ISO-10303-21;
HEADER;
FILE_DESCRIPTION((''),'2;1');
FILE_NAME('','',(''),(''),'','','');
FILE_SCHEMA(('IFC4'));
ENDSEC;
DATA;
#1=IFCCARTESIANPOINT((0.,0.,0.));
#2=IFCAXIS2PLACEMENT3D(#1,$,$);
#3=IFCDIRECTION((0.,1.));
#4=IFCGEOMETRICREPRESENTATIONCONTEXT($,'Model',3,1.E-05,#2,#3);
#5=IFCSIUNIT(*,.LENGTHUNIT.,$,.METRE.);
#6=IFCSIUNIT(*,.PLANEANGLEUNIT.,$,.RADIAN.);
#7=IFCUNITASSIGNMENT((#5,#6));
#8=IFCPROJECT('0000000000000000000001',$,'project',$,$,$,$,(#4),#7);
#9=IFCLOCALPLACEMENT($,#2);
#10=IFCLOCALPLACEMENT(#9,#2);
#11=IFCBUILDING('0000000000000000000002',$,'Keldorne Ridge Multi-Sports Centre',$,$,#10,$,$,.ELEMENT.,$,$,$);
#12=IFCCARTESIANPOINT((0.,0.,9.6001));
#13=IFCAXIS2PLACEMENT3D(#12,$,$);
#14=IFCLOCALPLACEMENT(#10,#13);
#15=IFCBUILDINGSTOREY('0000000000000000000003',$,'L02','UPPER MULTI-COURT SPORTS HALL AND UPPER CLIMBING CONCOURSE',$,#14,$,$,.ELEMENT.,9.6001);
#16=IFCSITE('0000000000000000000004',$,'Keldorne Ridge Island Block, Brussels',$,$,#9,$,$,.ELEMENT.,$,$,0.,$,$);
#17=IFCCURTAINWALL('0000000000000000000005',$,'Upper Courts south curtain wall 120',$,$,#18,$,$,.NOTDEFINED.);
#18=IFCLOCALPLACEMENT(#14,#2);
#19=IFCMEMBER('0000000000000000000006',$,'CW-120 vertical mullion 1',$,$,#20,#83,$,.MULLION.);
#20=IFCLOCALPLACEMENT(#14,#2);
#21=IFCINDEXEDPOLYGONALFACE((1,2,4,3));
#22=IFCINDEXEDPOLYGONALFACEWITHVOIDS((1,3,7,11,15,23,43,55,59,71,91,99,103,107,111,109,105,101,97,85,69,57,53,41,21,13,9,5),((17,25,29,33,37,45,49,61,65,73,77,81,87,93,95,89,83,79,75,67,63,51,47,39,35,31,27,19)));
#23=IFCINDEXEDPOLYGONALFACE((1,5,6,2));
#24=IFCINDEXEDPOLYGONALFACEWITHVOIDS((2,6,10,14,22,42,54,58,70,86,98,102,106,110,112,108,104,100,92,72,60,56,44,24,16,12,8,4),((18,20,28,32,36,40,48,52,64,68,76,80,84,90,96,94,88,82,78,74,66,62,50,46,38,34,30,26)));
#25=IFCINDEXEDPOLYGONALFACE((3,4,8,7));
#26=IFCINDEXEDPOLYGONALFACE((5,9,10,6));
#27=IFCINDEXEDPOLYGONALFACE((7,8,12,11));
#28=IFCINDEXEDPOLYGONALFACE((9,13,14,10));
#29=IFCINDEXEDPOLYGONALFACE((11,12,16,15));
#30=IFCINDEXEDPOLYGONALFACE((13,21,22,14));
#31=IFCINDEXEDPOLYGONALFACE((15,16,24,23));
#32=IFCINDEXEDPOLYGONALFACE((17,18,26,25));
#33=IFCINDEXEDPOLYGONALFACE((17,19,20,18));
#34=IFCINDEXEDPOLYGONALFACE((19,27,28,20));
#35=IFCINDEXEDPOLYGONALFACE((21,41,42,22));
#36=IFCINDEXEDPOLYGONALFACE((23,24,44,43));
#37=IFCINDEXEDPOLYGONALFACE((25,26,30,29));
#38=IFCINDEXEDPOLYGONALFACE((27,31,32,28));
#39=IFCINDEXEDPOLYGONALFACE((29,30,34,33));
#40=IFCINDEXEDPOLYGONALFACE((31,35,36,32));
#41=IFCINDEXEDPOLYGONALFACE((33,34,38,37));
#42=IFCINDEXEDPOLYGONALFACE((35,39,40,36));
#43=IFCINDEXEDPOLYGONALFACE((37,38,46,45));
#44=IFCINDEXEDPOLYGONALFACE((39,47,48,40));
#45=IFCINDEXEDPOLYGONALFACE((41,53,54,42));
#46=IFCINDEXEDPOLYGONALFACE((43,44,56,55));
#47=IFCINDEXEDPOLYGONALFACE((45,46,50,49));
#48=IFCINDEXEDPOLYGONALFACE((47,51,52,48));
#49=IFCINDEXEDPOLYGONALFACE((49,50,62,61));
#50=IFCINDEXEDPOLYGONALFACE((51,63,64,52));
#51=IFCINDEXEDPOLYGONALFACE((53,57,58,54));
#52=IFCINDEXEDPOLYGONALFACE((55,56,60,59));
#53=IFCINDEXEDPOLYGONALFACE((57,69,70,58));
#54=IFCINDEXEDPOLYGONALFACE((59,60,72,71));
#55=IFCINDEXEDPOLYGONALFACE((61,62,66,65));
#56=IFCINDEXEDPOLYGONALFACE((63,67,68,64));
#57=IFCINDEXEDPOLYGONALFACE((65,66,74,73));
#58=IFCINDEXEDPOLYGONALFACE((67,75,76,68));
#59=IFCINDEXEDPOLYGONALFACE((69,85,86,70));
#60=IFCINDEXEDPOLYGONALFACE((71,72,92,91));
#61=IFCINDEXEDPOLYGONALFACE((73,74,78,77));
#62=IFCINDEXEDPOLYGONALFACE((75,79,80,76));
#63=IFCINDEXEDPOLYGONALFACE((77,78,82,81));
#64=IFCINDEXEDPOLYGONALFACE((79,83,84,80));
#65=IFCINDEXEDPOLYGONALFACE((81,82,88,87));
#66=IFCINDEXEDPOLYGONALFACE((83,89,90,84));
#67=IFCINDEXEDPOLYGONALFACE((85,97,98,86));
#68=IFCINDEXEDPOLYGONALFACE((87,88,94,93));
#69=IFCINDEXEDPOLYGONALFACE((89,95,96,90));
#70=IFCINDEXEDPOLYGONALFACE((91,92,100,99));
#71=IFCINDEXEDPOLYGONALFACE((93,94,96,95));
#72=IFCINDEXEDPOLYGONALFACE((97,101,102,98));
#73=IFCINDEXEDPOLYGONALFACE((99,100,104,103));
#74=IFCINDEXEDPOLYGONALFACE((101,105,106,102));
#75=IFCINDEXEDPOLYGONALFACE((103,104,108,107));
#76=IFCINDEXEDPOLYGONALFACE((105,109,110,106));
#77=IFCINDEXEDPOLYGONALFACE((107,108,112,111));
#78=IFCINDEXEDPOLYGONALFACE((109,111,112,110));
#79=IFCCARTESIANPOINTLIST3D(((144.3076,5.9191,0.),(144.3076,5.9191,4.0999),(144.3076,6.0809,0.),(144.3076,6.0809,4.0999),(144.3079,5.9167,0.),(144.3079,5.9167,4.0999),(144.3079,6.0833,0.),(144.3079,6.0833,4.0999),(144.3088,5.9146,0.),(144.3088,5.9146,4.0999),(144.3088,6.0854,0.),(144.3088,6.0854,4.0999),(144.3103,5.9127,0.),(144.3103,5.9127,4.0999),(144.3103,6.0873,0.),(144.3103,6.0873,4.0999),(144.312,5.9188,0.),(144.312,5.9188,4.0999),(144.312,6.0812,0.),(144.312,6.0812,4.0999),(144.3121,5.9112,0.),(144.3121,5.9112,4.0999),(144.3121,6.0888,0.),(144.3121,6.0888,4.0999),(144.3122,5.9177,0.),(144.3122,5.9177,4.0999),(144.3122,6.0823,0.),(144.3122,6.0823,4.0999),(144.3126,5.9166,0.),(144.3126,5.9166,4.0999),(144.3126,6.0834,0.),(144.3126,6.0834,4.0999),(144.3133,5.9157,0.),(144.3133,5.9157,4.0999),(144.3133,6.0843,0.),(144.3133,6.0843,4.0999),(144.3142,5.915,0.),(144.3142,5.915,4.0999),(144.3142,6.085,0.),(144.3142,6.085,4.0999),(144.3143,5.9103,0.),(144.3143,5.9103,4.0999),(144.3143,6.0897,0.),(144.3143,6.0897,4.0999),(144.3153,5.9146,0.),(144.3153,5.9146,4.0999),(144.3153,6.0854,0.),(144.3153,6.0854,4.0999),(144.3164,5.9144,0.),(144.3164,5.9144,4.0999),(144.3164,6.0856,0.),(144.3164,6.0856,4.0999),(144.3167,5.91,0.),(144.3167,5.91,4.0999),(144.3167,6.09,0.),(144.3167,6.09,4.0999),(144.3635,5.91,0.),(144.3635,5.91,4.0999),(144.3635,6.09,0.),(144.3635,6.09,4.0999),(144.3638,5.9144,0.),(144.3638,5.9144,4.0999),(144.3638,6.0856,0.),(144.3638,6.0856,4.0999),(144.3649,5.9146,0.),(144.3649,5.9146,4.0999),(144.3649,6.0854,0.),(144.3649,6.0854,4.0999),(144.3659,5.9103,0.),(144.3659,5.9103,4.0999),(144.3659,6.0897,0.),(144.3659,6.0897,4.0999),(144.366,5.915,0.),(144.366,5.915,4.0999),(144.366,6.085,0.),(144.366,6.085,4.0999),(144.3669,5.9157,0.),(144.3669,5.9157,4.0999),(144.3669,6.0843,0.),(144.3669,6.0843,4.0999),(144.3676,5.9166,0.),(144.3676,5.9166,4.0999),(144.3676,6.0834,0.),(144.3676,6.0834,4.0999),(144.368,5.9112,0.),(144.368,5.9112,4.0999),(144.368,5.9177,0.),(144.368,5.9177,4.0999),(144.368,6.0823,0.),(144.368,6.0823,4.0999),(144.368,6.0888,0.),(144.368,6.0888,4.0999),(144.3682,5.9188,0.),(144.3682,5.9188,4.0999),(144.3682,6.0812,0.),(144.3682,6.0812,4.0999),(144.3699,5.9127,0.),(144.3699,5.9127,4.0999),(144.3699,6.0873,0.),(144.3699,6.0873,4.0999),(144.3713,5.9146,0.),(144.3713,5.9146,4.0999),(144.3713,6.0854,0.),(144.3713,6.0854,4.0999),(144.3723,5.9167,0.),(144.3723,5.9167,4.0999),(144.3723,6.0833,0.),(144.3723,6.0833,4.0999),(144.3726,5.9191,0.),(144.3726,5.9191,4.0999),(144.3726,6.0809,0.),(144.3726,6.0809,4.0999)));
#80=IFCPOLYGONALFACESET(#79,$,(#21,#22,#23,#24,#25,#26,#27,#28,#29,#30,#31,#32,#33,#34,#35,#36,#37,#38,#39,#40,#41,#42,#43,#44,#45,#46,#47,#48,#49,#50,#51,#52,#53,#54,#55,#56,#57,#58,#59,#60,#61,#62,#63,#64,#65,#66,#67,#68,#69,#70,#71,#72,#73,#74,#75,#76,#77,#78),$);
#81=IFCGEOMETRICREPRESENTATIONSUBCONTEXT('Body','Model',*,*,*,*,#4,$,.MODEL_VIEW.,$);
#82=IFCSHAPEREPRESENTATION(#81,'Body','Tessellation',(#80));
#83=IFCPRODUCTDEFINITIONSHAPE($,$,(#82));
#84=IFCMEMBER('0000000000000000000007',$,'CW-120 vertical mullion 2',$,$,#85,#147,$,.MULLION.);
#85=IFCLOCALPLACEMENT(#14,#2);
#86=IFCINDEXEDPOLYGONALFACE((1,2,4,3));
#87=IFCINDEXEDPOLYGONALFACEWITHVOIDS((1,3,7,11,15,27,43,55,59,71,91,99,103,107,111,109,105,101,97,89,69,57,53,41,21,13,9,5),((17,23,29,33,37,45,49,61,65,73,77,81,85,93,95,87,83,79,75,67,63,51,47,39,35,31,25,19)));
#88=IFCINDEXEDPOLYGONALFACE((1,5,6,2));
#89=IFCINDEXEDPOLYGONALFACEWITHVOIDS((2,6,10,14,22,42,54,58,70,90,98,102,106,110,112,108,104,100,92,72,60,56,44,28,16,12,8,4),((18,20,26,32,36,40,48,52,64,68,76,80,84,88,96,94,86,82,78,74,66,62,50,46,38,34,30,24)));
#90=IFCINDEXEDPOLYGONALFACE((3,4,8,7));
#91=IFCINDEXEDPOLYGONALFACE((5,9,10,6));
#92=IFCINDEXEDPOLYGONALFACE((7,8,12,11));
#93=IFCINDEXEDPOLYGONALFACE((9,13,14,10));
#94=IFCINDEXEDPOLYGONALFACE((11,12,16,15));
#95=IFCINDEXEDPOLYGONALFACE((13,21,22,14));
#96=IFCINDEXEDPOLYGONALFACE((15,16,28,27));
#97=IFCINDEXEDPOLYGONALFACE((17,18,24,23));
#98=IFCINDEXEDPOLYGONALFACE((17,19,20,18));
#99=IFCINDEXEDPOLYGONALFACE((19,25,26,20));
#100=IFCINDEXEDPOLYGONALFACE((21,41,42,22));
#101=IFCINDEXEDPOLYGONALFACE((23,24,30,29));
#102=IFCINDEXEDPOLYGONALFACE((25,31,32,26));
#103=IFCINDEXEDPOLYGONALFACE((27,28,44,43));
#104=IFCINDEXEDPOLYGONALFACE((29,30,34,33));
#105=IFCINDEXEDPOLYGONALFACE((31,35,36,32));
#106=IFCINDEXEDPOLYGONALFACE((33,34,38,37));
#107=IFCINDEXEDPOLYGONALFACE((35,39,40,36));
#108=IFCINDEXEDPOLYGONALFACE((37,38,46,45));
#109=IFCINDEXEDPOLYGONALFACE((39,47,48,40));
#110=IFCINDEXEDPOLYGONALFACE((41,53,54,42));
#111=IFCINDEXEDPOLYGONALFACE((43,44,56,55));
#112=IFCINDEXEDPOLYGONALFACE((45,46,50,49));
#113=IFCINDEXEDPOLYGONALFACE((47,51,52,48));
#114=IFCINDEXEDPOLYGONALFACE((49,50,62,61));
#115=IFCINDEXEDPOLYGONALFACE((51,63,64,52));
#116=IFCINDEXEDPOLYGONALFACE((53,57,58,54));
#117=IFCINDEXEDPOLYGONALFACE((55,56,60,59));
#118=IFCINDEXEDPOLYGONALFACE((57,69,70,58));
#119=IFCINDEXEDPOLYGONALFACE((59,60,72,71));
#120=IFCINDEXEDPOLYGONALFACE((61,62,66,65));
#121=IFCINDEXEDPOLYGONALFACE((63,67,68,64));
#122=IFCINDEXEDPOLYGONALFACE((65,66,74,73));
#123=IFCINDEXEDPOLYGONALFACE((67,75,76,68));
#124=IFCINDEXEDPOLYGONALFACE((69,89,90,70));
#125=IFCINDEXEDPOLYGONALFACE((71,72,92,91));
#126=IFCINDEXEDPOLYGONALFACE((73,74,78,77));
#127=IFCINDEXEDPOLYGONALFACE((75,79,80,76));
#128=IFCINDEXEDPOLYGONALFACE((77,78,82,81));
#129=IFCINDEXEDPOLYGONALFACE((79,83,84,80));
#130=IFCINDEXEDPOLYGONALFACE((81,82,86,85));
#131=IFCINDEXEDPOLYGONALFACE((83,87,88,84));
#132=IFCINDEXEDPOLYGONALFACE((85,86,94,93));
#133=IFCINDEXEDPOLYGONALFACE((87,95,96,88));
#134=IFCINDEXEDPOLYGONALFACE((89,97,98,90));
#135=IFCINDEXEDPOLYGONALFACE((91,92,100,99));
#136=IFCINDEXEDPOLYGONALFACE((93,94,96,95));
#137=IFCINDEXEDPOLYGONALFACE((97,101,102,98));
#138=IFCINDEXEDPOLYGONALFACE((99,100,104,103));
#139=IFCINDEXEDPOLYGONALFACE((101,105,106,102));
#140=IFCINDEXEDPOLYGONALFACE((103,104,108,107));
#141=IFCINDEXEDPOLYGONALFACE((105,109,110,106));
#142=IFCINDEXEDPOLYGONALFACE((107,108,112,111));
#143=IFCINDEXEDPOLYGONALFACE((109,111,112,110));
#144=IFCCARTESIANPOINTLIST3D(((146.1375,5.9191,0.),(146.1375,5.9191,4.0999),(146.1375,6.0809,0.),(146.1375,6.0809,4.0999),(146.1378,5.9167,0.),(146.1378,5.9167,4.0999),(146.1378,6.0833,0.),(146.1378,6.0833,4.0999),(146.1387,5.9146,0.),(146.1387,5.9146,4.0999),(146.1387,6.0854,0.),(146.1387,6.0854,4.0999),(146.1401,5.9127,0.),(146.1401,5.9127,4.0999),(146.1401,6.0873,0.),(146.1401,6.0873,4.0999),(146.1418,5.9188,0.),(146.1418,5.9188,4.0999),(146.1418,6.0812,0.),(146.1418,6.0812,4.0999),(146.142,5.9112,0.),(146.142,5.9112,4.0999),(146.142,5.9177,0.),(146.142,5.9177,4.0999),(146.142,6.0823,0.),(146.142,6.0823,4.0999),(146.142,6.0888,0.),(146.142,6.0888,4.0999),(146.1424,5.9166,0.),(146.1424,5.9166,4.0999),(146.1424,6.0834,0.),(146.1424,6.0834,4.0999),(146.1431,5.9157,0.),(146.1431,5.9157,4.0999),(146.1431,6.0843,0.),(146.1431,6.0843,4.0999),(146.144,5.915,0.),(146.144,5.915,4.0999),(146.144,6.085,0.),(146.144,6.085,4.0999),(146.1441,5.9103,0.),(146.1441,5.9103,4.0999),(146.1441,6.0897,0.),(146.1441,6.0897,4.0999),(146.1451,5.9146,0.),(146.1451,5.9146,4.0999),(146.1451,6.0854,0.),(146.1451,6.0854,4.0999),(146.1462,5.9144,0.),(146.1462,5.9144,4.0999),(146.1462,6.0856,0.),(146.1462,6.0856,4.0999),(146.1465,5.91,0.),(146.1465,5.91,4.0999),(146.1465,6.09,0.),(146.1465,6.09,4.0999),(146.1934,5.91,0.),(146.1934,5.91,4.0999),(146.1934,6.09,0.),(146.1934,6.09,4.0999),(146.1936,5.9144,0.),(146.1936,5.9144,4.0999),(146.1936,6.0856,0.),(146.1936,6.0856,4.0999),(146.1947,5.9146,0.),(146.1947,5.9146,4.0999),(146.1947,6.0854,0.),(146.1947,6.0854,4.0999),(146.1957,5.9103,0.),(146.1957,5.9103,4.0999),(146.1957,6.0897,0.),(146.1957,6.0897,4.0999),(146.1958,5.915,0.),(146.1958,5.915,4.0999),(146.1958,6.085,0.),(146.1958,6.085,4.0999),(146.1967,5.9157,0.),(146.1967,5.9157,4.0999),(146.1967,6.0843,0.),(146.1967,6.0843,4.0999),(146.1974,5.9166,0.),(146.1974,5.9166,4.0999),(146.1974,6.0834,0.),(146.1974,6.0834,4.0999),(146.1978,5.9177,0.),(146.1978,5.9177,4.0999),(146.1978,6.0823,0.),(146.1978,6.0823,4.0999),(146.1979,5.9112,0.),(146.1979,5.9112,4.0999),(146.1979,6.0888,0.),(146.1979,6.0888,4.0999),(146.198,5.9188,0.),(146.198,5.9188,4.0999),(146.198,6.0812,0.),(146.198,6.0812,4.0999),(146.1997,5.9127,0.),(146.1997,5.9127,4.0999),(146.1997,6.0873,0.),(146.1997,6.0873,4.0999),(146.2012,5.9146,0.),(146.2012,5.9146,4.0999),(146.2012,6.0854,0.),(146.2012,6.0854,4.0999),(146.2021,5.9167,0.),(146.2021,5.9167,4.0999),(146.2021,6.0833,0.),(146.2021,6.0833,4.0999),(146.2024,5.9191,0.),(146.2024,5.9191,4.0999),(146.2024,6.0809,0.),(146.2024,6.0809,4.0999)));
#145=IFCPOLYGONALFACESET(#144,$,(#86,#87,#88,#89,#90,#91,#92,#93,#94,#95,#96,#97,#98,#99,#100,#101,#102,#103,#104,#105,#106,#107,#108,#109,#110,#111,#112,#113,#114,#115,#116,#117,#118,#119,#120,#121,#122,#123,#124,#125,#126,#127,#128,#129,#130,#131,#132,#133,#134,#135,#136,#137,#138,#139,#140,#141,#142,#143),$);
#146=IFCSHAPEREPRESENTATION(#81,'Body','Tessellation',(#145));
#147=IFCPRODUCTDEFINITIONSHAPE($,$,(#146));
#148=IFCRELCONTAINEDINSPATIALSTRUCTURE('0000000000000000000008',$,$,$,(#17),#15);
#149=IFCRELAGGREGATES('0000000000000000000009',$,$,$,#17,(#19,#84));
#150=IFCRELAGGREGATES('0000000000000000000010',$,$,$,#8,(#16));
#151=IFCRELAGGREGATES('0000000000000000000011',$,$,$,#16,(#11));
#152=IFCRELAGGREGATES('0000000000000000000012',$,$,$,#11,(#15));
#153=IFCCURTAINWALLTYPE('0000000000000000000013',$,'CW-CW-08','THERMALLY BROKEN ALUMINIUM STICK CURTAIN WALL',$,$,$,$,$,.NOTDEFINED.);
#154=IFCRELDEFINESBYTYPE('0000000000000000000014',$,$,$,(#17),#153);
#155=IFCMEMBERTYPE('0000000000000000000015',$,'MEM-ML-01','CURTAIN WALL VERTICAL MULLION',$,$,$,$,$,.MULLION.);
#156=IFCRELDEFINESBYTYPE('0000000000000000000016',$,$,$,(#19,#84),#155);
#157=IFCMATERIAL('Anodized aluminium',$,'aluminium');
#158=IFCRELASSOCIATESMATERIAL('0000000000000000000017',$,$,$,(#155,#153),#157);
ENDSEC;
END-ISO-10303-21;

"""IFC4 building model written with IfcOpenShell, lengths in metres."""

from ifc_helpers import new_model, si_unit, direction, frame, origin, origin_2d, place, context, subcontext, project, spatial, hollow_rectangle, extrude, material, material_profile, profile_set, type_object, element, aggregate, save


model = new_model("IFC4")

# Units and contexts
model_context = context("Model", 3, precision=1e-05, world=origin(), true_north=direction((0.0, 1.0)))
body_context = subcontext(model_context, "Body", "Model", "MODEL_VIEW")
ifc_project = project(units=[si_unit("LENGTHUNIT", "METRE"), si_unit("PLANEANGLEUNIT", "RADIAN")], contexts=[model_context])

# Site, building, storey
site_placement = place(None, origin())
site = spatial("IfcSite", under=ifc_project, at=site_placement, Name="Keldorne Ridge Island Block, Brussels", CompositionType="ELEMENT", RefElevation=0.0)
building_placement = place(site_placement, origin())
building = spatial("IfcBuilding", under=site, at=building_placement, Name="Keldorne Ridge Multi-Sports Centre", CompositionType="ELEMENT")
storey_placement = place(building_placement, frame((0.0, 0.0, 9.6001)))
storey = spatial("IfcBuildingStorey", under=building, at=storey_placement, Name="L02", Description="UPPER MULTI-COURT SPORTS HALL AND UPPER CLIMBING CONCOURSE", CompositionType="ELEMENT", Elevation=9.6001)

# Shared definitions
ifc_material_1 = material(Name="Anodized aluminium", Category="aluminium")
ifc_material_profile_1 = material_profile(ifc_material_1, hollow_rectangle(XDim=0.0649, YDim=0.1799, WallThickness=0.0044, InnerFilletRadius=0.0044, OuterFilletRadius=0.009, at=origin_2d()), Name="ALU MULLION 180x65x4.5")
ifc_profile_set_1 = profile_set([ifc_material_profile_1], Name="Anodized aluminium")
member_type_1 = type_object("IfcMemberType", Name="MEM-ML-01", Description="CURTAIN WALL VERTICAL MULLION", PredefinedType="MULLION", material=ifc_profile_set_1)

# Curtain wall, members
curtain_wall_type_1 = type_object("IfcCurtainWallType", Name="CW-CW-08", Description="THERMALLY BROKEN ALUMINIUM STICK CURTAIN WALL", PredefinedType="NOTDEFINED", material=ifc_material_1)
curtain_wall_1_placement = place(storey_placement, origin())
curtain_wall_1 = element("IfcCurtainWall", 1, at=curtain_wall_1_placement, inside=storey, type_object=curtain_wall_type_1, Name="Upper Courts south curtain wall 120", PredefinedType="NOTDEFINED")
member_1_placement = place(storey_placement, frame((144.3401, 6.0, 0.0), z_axis=(0.0, 0.0, 1.0), x_axis=(1.0, 0.0, 0.0)))
member_1 = element("IfcMember", 2, at=member_1_placement, type_object=member_type_1, Name="CW-120 vertical mullion 1", PredefinedType="MULLION", context=body_context, shape_type="SweptSolid", body=[
    extrude(hollow_rectangle(XDim=0.0649, YDim=0.1799, WallThickness=0.0044, InnerFilletRadius=0.0044, OuterFilletRadius=0.009, at=origin_2d()), origin(), (0.0, 0.0, 1.0), 4.0999),
])
member_2_placement = place(storey_placement, frame((146.1699, 6.0, 0.0), z_axis=(0.0, 0.0, 1.0), x_axis=(1.0, 0.0, 0.0)))
member_2 = element("IfcMember", 3, at=member_2_placement, type_object=member_type_1, Name="CW-120 vertical mullion 2", PredefinedType="MULLION", context=body_context, shape_type="SweptSolid", body=[
    extrude(hollow_rectangle(XDim=0.0649, YDim=0.1799, WallThickness=0.0044, InnerFilletRadius=0.0044, OuterFilletRadius=0.009, at=origin_2d()), origin(), (0.0, 0.0, 1.0), 4.0999),
])

aggregate(curtain_wall_1, [member_1, member_2])

save(model, "model.ifc")
